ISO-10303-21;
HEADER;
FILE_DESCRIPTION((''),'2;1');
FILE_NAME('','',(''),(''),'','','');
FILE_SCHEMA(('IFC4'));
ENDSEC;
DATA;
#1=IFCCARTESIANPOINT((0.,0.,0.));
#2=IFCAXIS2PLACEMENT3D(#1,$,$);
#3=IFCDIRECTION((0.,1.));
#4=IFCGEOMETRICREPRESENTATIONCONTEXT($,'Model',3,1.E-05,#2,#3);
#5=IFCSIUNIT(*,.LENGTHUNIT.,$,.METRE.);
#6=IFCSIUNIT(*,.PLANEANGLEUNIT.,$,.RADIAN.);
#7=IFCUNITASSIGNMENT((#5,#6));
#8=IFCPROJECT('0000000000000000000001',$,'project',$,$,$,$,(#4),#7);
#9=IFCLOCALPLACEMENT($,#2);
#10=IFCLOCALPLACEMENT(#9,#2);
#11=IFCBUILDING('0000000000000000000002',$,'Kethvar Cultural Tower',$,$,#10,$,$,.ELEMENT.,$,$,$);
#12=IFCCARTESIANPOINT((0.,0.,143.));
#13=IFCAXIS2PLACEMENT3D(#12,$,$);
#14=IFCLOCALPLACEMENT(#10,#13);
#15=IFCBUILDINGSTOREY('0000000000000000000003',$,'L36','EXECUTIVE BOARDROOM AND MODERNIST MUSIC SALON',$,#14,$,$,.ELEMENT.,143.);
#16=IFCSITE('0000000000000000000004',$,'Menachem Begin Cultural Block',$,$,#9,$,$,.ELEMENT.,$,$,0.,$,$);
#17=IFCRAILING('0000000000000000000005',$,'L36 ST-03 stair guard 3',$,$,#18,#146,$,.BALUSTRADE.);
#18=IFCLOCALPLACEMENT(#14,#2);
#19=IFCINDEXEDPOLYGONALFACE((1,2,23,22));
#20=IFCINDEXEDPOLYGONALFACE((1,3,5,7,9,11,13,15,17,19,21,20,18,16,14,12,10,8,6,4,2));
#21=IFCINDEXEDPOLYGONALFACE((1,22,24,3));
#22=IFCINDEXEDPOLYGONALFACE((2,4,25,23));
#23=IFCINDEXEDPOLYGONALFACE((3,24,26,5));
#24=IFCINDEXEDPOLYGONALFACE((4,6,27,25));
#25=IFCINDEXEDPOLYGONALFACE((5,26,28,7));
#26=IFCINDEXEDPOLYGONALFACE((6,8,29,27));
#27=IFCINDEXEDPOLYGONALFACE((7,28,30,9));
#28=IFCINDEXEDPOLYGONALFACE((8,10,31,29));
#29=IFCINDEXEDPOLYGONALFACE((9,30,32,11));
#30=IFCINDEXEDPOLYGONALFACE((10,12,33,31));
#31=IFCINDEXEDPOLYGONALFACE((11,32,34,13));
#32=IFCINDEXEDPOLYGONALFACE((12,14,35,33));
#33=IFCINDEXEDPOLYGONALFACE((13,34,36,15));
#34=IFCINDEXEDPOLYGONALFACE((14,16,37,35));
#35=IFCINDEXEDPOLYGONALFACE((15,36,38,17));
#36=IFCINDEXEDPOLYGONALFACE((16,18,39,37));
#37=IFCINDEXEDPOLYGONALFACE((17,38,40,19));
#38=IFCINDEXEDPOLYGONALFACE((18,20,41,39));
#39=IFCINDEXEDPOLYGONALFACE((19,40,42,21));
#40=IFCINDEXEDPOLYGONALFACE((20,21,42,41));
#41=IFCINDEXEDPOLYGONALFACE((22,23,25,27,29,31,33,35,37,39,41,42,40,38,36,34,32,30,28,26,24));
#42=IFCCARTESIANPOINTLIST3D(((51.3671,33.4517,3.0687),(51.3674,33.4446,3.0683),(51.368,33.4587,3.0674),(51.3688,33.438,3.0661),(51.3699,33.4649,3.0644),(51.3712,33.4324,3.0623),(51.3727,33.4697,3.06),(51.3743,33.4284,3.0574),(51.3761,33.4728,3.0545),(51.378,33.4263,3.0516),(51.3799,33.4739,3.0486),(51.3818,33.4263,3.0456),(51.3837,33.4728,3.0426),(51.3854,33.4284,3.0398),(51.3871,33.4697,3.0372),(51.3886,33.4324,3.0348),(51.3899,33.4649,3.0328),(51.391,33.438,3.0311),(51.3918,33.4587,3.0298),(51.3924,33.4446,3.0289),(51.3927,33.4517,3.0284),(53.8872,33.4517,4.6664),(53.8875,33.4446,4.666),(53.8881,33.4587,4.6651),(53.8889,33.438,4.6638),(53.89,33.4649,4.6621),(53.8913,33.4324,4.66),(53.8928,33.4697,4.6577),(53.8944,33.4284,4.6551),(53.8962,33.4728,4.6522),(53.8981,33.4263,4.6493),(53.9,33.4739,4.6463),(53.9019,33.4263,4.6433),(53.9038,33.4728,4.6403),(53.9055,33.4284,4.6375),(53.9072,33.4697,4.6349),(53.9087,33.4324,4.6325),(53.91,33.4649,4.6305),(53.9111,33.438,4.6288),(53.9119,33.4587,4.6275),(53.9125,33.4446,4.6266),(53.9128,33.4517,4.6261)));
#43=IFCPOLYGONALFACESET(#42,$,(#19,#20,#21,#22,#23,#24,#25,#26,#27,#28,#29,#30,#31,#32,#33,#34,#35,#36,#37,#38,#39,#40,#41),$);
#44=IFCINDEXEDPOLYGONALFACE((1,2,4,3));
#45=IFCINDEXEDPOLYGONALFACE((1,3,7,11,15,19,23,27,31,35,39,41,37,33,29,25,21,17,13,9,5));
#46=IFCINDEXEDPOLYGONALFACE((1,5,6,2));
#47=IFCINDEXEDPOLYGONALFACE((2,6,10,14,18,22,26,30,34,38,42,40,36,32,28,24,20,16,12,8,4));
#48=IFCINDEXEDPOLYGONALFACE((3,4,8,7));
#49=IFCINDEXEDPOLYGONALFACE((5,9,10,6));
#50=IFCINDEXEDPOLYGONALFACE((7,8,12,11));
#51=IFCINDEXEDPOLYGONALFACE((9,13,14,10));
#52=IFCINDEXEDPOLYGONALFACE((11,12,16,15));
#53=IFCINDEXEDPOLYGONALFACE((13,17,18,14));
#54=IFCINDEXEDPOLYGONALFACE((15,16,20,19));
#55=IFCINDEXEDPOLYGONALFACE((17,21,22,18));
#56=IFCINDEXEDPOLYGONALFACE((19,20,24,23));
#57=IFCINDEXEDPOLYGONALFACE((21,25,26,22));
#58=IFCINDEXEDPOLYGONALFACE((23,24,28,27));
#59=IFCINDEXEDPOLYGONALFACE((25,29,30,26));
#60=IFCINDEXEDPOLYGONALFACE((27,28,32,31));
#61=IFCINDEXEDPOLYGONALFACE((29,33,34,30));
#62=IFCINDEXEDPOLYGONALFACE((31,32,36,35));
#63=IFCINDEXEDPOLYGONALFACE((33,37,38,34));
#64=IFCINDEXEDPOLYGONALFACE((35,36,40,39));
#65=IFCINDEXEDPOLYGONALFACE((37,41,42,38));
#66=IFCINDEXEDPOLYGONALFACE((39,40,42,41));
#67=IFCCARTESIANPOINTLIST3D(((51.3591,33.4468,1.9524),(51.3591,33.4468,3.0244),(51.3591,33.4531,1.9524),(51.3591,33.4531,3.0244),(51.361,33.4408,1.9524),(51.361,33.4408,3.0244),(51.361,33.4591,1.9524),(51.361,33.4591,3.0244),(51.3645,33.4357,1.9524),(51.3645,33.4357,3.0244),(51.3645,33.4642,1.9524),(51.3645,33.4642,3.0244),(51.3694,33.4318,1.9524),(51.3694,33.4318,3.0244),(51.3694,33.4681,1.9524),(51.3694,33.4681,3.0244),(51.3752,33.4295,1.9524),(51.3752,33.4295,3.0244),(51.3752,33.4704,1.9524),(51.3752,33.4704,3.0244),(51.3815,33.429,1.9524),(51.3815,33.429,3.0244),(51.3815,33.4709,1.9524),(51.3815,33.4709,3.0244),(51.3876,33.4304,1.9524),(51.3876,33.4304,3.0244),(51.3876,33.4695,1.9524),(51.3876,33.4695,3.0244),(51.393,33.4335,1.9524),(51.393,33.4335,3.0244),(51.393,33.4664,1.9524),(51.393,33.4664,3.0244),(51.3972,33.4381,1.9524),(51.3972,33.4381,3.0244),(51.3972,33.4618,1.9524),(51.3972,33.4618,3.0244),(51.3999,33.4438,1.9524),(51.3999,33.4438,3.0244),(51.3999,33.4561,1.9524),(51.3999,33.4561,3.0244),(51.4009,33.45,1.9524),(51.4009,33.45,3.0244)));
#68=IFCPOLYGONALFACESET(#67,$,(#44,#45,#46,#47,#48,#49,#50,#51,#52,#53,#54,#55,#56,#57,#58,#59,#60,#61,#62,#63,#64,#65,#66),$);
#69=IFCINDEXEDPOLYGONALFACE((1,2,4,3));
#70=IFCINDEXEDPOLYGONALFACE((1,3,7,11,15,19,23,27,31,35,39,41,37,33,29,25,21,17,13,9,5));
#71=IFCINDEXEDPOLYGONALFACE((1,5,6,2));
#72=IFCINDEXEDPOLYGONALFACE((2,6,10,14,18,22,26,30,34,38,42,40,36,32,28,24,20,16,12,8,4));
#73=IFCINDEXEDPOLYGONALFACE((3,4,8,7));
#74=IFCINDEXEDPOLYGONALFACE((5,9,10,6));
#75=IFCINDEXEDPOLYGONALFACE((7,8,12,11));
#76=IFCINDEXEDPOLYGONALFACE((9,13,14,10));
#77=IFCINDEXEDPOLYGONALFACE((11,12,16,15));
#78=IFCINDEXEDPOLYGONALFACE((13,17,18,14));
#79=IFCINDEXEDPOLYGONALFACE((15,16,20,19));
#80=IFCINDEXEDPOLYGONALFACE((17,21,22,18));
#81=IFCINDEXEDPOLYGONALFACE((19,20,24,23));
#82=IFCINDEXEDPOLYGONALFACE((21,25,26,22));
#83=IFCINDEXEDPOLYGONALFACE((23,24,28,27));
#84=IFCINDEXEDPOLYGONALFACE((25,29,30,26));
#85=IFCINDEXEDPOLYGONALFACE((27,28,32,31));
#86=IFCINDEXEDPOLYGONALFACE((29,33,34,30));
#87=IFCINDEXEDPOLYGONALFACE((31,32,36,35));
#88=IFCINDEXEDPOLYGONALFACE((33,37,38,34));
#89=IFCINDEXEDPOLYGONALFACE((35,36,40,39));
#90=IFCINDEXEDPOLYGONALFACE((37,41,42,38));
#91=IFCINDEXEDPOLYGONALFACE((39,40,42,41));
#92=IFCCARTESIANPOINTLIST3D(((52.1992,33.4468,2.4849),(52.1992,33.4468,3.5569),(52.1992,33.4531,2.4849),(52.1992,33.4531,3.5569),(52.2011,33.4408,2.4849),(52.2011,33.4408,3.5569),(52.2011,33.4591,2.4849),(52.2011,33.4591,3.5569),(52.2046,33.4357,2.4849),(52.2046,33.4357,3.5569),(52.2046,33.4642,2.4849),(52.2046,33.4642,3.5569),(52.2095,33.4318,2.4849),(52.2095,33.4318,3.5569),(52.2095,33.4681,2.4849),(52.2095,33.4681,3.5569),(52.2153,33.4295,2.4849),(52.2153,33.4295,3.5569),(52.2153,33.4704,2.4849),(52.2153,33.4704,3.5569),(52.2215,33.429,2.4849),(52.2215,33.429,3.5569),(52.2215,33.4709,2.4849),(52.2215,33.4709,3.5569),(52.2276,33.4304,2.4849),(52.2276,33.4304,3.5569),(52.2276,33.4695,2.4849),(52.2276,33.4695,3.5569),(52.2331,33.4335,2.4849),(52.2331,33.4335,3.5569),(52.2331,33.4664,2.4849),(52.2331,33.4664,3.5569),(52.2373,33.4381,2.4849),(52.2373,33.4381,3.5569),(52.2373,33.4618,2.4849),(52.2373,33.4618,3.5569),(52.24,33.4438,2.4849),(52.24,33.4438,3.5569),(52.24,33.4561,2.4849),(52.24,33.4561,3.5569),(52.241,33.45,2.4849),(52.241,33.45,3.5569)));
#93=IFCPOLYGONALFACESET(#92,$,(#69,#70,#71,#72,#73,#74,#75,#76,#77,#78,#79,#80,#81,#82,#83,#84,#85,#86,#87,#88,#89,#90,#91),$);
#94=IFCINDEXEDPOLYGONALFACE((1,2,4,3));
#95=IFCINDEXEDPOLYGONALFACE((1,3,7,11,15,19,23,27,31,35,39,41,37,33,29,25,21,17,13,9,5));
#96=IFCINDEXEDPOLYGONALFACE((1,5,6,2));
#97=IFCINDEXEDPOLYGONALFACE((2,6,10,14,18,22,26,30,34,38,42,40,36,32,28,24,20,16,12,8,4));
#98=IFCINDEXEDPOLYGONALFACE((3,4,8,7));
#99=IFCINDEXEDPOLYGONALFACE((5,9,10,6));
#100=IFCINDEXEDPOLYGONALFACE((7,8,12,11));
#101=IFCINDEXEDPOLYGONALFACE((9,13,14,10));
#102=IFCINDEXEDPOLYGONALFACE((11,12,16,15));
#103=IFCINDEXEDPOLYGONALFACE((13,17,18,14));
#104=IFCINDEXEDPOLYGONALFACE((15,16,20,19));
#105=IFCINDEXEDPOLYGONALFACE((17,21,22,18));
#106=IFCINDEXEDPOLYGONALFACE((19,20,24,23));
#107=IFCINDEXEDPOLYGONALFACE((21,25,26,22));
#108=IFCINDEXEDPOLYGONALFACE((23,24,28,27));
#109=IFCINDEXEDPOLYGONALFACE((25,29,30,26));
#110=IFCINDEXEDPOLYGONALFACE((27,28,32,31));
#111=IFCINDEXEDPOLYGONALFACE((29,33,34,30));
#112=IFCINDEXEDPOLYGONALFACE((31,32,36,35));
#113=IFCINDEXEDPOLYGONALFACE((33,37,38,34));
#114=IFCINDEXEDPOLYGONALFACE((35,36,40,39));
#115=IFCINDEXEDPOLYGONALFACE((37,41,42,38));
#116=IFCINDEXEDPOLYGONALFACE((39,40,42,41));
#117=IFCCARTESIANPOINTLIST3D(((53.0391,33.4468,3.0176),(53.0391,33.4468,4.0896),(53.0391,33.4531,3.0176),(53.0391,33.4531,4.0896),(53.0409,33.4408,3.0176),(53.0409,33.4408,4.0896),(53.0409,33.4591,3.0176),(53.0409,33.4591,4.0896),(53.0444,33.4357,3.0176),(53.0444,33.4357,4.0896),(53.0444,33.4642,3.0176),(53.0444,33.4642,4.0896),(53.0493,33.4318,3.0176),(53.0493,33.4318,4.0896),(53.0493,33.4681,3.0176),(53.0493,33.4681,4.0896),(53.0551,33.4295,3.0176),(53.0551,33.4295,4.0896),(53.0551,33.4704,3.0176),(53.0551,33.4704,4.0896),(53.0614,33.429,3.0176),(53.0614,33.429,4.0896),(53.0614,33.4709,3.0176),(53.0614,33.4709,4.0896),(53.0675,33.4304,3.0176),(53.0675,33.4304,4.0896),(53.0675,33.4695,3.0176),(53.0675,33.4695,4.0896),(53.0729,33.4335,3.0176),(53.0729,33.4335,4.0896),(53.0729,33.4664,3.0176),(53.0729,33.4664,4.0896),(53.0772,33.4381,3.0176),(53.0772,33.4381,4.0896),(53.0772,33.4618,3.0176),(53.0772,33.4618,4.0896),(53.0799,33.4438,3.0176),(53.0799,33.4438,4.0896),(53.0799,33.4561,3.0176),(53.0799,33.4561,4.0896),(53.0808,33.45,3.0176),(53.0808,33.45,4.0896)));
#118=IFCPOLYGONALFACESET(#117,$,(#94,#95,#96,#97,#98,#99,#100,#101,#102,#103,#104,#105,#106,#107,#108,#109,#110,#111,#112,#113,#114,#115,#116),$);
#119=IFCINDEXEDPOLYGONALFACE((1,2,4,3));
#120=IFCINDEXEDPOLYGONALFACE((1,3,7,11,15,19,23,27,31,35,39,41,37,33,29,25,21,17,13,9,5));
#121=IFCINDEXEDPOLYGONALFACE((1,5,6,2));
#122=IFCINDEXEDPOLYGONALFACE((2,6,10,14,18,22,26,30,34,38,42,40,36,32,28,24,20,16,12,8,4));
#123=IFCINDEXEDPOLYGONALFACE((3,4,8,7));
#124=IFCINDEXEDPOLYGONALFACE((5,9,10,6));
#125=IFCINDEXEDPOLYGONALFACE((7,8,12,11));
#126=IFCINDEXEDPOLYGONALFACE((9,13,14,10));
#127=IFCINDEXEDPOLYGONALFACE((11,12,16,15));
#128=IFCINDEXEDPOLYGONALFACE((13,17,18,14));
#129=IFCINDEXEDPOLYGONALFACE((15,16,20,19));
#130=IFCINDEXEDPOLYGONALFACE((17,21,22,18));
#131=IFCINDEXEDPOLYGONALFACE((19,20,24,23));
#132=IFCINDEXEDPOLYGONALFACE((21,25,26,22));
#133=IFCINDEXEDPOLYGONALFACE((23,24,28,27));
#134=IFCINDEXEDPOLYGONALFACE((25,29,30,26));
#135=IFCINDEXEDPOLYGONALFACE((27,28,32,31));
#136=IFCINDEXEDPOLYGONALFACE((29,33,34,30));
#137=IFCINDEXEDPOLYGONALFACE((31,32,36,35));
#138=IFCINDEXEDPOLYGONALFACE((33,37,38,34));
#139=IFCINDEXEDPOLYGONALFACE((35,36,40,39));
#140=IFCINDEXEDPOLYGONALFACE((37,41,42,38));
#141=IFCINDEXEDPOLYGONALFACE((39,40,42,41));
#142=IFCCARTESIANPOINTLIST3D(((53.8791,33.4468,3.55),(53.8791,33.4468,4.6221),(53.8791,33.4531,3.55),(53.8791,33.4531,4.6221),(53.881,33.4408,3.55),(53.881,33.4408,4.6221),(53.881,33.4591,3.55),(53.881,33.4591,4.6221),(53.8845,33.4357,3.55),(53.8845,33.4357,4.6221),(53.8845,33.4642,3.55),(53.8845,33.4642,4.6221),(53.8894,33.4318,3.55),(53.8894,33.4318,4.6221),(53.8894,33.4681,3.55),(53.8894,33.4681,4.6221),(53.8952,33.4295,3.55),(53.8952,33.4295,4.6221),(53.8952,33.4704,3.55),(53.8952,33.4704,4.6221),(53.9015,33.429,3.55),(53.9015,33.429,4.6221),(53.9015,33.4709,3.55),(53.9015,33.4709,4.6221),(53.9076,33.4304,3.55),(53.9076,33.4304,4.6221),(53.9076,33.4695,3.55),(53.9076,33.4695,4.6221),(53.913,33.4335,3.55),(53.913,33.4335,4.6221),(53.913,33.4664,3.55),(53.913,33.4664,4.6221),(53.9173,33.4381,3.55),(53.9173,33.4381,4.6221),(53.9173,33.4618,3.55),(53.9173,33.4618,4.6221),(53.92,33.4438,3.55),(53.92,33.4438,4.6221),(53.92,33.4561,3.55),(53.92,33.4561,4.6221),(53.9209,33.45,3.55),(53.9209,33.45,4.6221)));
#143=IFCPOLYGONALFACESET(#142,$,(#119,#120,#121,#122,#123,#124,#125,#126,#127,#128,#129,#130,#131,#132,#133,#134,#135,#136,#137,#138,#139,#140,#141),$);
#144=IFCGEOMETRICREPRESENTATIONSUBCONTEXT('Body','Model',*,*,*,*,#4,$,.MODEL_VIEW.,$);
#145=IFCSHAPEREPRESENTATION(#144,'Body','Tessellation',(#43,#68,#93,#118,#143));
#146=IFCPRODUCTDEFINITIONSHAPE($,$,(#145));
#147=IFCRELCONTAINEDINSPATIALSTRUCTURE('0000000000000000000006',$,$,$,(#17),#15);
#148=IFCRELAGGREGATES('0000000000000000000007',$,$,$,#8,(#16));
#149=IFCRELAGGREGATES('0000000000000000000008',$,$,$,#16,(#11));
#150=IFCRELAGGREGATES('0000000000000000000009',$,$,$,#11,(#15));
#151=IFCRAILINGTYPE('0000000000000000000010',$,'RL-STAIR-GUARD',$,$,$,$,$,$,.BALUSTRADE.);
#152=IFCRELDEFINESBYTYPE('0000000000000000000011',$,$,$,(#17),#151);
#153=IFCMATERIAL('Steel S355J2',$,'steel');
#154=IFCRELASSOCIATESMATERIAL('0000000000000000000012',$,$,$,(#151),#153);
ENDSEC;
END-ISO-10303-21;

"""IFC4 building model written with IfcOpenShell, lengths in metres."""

from ifc_helpers import new_model, si_unit, direction, frame, origin, origin_2d, place, context, subcontext, project, spatial, circle, extrude, material, type_object, element, save


model = new_model("IFC4")

# Units and contexts
model_context = context("Model", 3, precision=1e-05, world=origin(), true_north=direction((0.0, 1.0)))
body_context = subcontext(model_context, "Body", "Model", "MODEL_VIEW")
ifc_project = project(units=[si_unit("LENGTHUNIT", "METRE"), si_unit("PLANEANGLEUNIT", "RADIAN")], contexts=[model_context])

# Site, building, storey
site_placement = place(None, origin())
site = spatial("IfcSite", under=ifc_project, at=site_placement, Name="Menachem Begin Cultural Block", CompositionType="ELEMENT", RefElevation=0.0)
building_placement = place(site_placement, origin())
building = spatial("IfcBuilding", under=site, at=building_placement, Name="Kethvar Cultural Tower", CompositionType="ELEMENT")
storey_placement = place(building_placement, frame((0.0, 0.0, 143.0)))
storey = spatial("IfcBuildingStorey", under=building, at=storey_placement, Name="L36", Description="EXECUTIVE BOARDROOM AND MODERNIST MUSIC SALON", CompositionType="ELEMENT", Elevation=143.0)

# Shared definitions
ifc_material_1 = material(Name="Steel S355J2", Category="steel")

# Railing
railing_type_1 = type_object("IfcRailingType", Name="RL-STAIR-GUARD", PredefinedType="BALUSTRADE", material=ifc_material_1)
railing_1_placement = place(storey_placement, frame((51.3799, 33.45, 1.9524)))
element("IfcRailing", 1, at=railing_1_placement, inside=storey, type_object=railing_type_1, Name="L36 ST-03 stair guard 3", PredefinedType="BALUSTRADE", context=body_context, shape_type="SweptSolid", body=[
    extrude(circle(Radius=0.0239, at=origin_2d()), frame((0.0, 0.0, 1.0962), z_axis=(0.84457, 0.0, 0.535445), x_axis=(0.0, 1.0, 0.0)), (0.0, 0.0, 1.0), 2.9839),
    extrude(circle(Radius=0.021, at=origin_2d()), origin(), (0.0, 0.0, 1.0), 1.072),
    extrude(circle(Radius=0.021, at=origin_2d()), frame((0.8401, 0.0, 0.5325)), (0.0, 0.0, 1.0), 1.072),
    extrude(circle(Radius=0.021, at=origin_2d()), frame((1.6799, 0.0, 1.0652)), (0.0, 0.0, 1.0), 1.072),
    extrude(circle(Radius=0.021, at=origin_2d()), frame((2.52, 0.0, 1.5977)), (0.0, 0.0, 1.0), 1.072),
])

save(model, "model.ifc")
